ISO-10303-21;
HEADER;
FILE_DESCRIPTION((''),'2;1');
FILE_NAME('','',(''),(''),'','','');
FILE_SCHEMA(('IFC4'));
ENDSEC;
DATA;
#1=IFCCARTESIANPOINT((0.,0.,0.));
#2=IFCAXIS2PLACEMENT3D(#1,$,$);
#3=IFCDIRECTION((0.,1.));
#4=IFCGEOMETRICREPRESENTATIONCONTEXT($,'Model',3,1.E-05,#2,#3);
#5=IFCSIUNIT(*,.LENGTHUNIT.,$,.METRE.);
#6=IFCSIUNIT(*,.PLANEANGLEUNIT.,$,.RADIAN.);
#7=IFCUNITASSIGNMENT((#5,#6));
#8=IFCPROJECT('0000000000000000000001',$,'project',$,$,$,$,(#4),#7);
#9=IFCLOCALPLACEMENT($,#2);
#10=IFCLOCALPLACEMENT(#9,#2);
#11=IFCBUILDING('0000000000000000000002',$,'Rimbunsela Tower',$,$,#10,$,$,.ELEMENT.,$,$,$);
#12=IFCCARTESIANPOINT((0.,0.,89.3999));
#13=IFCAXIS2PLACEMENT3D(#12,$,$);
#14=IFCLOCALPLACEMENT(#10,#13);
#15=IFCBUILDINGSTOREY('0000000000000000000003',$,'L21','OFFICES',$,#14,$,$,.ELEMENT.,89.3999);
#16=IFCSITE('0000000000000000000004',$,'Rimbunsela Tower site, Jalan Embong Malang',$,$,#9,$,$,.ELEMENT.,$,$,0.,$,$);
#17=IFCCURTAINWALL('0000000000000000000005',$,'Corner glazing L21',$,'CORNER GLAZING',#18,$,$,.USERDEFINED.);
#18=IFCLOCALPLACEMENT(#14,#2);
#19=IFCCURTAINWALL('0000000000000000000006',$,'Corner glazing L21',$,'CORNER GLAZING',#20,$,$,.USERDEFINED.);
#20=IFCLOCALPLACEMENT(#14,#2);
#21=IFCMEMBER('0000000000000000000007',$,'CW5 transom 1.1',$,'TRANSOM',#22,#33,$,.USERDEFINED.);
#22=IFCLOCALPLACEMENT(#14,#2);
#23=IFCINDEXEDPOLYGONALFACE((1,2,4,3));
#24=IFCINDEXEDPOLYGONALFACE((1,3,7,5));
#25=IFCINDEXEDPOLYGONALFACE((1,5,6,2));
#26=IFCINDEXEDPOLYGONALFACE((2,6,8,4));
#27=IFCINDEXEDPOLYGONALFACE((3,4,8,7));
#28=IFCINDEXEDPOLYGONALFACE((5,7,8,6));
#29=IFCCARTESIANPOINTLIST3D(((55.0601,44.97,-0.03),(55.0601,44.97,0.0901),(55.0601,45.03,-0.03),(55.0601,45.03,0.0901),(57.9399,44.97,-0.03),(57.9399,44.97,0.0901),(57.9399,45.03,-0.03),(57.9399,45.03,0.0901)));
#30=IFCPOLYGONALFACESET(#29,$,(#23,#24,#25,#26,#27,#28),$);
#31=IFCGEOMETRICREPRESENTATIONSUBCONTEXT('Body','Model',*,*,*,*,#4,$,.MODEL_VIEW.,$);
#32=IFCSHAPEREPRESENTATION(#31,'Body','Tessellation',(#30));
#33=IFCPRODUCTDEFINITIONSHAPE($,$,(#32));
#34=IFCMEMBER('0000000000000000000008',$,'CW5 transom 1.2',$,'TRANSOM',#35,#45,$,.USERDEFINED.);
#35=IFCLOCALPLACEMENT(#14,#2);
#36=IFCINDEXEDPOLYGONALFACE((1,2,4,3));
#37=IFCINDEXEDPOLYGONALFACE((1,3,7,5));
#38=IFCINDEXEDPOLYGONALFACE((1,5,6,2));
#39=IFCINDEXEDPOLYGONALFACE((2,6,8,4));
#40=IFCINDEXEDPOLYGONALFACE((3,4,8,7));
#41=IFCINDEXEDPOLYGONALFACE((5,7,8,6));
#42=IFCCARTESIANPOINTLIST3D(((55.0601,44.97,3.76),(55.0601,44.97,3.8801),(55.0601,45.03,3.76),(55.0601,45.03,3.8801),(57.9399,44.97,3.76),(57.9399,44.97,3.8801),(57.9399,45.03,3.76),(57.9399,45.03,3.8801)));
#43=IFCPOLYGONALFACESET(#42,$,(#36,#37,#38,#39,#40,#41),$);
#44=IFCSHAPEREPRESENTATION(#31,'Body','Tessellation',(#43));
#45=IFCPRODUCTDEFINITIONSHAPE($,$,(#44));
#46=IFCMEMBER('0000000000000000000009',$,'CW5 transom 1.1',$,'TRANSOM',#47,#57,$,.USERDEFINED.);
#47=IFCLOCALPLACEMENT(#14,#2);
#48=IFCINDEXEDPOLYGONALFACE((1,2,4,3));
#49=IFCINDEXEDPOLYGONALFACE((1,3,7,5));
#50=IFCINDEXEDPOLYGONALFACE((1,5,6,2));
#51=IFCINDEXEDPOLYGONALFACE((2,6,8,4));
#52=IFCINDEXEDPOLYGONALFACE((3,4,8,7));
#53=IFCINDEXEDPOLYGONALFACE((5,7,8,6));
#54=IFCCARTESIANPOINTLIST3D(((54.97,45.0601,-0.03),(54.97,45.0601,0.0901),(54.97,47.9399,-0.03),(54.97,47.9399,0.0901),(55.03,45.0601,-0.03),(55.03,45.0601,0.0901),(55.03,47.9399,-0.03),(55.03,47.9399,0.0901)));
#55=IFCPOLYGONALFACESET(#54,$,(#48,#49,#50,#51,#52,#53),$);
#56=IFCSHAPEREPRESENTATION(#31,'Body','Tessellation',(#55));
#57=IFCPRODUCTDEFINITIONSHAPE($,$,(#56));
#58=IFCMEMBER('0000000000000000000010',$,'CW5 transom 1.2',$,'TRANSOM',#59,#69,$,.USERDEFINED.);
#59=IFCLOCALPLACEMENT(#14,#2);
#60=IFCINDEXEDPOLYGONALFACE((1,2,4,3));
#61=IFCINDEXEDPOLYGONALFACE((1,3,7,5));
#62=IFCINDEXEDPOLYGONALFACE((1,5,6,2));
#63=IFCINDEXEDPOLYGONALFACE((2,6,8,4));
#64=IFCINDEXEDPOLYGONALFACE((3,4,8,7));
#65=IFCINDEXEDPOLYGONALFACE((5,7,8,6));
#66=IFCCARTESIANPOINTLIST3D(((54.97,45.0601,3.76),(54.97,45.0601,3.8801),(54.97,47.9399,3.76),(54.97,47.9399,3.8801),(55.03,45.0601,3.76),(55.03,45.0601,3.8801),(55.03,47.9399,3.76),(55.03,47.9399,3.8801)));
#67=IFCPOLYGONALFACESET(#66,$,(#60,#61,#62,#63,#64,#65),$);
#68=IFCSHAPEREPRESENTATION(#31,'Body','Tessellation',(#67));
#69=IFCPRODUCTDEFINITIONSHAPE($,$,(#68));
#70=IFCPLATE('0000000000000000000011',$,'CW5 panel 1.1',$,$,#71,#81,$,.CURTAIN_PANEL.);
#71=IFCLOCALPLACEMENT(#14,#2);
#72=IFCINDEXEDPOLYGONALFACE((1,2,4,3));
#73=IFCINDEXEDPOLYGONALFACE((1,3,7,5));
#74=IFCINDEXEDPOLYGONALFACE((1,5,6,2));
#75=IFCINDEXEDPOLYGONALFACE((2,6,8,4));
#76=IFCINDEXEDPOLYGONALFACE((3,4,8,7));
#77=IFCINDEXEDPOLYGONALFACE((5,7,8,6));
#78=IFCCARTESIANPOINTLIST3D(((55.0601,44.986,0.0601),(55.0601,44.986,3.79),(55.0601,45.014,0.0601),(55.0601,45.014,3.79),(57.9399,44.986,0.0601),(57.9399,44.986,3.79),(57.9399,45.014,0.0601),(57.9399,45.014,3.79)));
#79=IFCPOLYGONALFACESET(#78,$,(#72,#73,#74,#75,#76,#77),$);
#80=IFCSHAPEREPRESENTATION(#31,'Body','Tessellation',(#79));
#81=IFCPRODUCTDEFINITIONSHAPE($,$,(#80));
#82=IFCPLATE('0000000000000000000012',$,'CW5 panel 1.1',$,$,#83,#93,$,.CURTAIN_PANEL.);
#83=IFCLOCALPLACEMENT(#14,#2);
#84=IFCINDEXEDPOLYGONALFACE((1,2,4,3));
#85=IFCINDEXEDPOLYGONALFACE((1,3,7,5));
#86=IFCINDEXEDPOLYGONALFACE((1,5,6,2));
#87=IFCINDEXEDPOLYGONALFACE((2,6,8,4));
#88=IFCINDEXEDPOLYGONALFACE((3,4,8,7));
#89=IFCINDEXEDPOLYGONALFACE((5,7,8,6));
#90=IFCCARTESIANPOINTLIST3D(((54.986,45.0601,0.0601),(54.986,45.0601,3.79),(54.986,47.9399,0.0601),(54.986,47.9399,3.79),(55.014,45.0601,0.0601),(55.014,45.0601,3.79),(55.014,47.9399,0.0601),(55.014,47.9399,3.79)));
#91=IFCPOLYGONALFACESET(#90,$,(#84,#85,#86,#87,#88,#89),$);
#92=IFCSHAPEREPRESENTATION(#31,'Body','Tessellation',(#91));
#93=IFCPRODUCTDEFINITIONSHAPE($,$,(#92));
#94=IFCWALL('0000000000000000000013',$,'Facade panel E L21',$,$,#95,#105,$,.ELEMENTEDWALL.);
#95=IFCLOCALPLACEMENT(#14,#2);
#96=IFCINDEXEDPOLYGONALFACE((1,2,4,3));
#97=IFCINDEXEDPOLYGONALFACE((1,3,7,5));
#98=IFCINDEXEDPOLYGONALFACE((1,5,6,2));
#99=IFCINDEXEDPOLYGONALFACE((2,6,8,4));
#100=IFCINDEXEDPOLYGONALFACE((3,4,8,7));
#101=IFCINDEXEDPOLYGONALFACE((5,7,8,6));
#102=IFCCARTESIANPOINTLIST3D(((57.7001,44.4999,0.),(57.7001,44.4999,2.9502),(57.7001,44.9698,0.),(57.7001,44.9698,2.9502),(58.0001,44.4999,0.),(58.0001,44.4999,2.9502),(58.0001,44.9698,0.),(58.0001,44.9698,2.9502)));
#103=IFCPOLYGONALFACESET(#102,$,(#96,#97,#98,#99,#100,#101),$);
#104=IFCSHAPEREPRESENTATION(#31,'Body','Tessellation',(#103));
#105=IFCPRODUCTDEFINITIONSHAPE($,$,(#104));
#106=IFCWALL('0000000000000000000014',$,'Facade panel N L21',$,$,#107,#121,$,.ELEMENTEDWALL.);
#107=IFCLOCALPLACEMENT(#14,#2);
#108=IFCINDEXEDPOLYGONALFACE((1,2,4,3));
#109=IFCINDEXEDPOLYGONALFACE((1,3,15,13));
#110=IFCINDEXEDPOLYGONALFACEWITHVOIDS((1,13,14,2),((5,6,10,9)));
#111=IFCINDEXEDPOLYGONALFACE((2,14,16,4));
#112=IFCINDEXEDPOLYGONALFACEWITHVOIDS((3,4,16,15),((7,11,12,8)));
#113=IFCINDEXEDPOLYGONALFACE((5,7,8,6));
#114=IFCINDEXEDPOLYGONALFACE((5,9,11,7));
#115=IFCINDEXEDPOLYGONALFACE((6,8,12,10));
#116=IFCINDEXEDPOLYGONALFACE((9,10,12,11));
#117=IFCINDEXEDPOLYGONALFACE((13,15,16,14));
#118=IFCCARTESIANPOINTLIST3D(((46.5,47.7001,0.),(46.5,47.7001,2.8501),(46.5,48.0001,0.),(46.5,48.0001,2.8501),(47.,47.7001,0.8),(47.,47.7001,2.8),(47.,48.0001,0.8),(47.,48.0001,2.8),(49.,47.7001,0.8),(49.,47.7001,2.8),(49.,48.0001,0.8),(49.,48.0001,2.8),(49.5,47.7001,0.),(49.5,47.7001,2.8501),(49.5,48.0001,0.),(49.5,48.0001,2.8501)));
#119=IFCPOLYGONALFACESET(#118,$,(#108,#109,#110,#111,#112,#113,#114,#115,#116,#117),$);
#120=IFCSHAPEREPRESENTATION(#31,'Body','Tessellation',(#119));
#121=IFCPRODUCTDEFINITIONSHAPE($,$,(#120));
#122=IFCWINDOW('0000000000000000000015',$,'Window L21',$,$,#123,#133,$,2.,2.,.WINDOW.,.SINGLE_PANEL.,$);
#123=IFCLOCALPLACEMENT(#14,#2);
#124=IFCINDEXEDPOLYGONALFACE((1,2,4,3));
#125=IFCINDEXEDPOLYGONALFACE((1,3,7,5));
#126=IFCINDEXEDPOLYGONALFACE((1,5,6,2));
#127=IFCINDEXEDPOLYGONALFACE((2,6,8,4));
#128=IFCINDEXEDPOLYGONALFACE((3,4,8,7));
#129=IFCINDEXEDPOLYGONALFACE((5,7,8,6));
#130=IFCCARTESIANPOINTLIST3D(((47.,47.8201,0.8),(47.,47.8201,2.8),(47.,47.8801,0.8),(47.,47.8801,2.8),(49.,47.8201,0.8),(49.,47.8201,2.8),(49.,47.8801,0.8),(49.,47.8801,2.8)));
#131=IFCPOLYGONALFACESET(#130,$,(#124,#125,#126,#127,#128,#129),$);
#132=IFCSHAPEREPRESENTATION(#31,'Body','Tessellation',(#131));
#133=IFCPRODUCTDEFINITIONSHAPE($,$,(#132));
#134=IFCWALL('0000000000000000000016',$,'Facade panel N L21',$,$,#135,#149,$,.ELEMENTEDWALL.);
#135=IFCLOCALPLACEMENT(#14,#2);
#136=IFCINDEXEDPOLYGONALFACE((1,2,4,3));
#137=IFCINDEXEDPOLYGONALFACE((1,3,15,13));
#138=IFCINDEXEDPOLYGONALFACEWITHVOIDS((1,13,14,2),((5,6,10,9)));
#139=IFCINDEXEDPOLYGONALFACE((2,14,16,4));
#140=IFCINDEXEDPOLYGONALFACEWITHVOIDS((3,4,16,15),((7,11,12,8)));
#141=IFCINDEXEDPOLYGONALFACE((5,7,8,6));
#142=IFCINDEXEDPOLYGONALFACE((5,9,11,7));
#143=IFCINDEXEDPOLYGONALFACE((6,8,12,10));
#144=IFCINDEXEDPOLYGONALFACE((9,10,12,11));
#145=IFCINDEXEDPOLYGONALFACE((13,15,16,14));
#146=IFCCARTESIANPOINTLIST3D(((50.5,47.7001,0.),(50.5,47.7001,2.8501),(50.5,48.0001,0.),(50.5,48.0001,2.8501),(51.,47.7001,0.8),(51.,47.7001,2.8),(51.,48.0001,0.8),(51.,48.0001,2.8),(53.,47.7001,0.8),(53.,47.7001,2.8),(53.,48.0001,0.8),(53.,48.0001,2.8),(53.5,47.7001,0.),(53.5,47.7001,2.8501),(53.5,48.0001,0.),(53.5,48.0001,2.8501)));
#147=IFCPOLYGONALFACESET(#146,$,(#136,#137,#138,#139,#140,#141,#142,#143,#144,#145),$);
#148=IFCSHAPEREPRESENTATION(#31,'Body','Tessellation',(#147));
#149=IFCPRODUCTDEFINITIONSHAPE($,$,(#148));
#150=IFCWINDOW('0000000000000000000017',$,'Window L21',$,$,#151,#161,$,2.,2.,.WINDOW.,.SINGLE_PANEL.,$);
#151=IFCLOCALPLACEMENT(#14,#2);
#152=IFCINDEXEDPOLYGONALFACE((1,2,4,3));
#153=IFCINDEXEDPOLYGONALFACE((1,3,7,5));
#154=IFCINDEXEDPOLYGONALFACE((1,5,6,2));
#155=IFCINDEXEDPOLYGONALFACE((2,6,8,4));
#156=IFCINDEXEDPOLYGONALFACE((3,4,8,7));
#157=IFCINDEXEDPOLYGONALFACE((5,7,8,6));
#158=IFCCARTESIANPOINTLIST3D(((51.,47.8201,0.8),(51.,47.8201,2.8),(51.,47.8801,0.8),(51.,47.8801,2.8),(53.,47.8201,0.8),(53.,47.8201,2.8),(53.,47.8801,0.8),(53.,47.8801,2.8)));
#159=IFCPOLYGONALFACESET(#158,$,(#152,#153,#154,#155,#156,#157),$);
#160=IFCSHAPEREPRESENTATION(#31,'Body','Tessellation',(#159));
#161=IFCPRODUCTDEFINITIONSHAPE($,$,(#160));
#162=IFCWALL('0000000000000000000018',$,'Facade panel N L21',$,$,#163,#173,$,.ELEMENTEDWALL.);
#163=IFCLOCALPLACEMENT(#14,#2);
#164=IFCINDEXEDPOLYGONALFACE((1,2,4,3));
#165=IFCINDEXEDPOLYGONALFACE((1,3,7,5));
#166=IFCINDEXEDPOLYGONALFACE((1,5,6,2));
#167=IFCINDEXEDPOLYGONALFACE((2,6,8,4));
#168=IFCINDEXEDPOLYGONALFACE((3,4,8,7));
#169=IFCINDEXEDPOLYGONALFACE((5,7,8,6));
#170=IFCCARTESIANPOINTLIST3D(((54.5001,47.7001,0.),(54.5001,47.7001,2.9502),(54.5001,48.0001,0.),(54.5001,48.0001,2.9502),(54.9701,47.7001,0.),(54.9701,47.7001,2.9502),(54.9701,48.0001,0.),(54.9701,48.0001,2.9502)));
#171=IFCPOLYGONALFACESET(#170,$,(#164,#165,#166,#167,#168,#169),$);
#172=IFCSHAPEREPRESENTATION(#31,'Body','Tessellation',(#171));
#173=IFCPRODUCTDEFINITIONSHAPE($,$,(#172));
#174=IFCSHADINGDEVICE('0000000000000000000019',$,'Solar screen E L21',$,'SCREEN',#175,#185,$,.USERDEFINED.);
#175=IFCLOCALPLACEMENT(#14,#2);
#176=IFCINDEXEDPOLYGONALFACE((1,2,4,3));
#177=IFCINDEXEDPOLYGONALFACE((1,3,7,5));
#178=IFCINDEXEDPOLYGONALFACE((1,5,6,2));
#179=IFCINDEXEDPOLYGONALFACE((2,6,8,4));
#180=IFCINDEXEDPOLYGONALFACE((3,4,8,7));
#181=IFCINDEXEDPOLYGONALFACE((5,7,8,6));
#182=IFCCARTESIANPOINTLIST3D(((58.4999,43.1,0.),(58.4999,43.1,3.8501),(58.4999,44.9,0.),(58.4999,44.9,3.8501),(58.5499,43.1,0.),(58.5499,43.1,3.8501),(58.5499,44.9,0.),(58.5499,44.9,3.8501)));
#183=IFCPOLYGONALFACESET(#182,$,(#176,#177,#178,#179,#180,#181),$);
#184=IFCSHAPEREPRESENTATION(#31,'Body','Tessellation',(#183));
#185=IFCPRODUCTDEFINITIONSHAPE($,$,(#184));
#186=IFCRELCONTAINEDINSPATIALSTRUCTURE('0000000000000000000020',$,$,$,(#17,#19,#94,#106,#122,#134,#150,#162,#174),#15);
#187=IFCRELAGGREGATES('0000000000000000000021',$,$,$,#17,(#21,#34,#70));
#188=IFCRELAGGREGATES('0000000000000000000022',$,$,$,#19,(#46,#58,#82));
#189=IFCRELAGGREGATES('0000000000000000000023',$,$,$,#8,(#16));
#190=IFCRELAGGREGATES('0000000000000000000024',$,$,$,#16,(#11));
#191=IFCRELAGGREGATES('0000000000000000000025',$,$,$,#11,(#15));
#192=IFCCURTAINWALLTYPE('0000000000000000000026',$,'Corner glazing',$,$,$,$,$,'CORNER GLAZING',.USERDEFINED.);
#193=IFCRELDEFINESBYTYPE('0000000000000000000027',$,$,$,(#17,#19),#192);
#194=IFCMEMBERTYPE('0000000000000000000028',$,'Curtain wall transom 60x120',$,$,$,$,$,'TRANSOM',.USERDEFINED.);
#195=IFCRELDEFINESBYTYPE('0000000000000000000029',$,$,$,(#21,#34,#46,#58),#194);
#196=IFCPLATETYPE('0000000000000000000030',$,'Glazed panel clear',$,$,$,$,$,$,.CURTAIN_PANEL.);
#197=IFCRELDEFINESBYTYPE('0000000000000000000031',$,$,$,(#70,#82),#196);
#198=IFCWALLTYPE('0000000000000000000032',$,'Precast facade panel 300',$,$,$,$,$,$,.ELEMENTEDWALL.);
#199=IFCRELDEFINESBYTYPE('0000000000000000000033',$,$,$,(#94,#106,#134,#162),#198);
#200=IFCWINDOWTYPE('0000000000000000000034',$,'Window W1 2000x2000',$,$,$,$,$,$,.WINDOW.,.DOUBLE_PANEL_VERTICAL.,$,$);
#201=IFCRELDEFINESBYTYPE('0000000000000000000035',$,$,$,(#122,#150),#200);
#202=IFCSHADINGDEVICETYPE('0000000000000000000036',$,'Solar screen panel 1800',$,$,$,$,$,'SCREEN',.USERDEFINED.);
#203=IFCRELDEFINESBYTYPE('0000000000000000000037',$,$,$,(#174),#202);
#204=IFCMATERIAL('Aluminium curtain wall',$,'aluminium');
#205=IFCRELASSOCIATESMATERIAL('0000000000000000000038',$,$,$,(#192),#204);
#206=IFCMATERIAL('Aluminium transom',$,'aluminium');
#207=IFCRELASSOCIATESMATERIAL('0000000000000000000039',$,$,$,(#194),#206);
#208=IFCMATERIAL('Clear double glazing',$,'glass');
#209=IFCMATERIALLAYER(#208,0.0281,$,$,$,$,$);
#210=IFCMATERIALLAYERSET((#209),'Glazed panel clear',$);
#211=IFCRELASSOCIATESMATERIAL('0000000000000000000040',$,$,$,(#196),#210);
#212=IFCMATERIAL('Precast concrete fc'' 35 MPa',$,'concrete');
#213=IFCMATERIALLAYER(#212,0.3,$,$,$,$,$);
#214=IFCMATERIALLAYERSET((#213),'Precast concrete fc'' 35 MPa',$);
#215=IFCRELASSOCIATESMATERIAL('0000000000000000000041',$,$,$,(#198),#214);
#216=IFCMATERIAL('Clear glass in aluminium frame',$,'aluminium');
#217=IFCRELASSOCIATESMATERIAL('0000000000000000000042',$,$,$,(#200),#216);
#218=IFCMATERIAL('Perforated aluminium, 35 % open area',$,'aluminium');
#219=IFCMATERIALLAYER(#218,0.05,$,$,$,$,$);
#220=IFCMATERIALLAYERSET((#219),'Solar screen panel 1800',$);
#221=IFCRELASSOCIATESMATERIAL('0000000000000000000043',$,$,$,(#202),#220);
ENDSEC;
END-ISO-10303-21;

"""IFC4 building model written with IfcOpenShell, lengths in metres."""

from ifc_helpers import new_model, si_unit, direction, frame, frame_2d, origin, origin_2d, place, context, subcontext, project, spatial, rectangle, extrude, material, layer, layer_set, material_profile, profile_set, type_object, element, fill, aggregate, save


model = new_model("IFC4")

# Units and contexts
model_context = context("Model", 3, precision=1e-05, world=origin(), true_north=direction((0.0, 1.0)))
body_context = subcontext(model_context, "Body", "Model", "MODEL_VIEW")
ifc_project = project(units=[si_unit("LENGTHUNIT", "METRE"), si_unit("PLANEANGLEUNIT", "RADIAN")], contexts=[model_context])

# Site, building, storey
site_placement = place(None, origin())
site = spatial("IfcSite", under=ifc_project, at=site_placement, Name="Rimbunsela Tower site, Jalan Embong Malang", CompositionType="ELEMENT", RefElevation=0.0)
building_placement = place(site_placement, origin())
building = spatial("IfcBuilding", under=site, at=building_placement, Name="Rimbunsela Tower", CompositionType="ELEMENT")
storey_placement = place(building_placement, frame((0.0, 0.0, 89.3999)))
storey = spatial("IfcBuildingStorey", under=building, at=storey_placement, Name="L21", Description="OFFICES", CompositionType="ELEMENT", Elevation=89.3999)

# Curtain walls
ifc_material_1 = material(Name="Aluminium curtain wall", Category="aluminium")
curtain_wall_type = type_object("IfcCurtainWallType", Name="Corner glazing", ElementType="CORNER GLAZING", PredefinedType="USERDEFINED", material=ifc_material_1)
curtain_wall_1_placement = place(storey_placement, origin())
curtain_wall_1 = element("IfcCurtainWall", 1, at=curtain_wall_1_placement, inside=storey, type_object=curtain_wall_type, Name="Corner glazing L21", ObjectType="CORNER GLAZING", PredefinedType="USERDEFINED")
curtain_wall_2_placement = place(storey_placement, origin())
curtain_wall_2 = element("IfcCurtainWall", 2, at=curtain_wall_2_placement, inside=storey, type_object=curtain_wall_type, Name="Corner glazing L21", ObjectType="CORNER GLAZING", PredefinedType="USERDEFINED")

# Members
ifc_material_2 = material(Name="Aluminium transom", Category="aluminium")
ifc_material_profile_1 = material_profile(ifc_material_2, rectangle(XDim=0.0601, YDim=0.1201, at=origin_2d()), Name="Transom 60x120")
ifc_profile_set_1 = profile_set([ifc_material_profile_1], Name="Aluminium transom")
member_type_1 = type_object("IfcMemberType", Name="Curtain wall transom 60x120", ElementType="TRANSOM", PredefinedType="USERDEFINED", material=ifc_profile_set_1)
member_1_placement = place(storey_placement, frame((57.9399, 45.0, 0.03), z_axis=(-1.0, 0.0, 0.0), x_axis=(0.0, -1.0, 0.0)))
member_1 = element("IfcMember", 3, at=member_1_placement, type_object=member_type_1, Name="CW5 transom 1.1", ObjectType="TRANSOM", PredefinedType="USERDEFINED", context=body_context, shape_type="SweptSolid", body=[
    extrude(rectangle(XDim=0.0601, YDim=0.1201, at=origin_2d()), origin(), (0.0, 0.0, 1.0), 2.8799),
])
member_2_placement = place(storey_placement, frame((57.9399, 45.0, 3.8201), z_axis=(-1.0, 0.0, 0.0), x_axis=(0.0, -1.0, 0.0)))
member_2 = element("IfcMember", 4, at=member_2_placement, type_object=member_type_1, Name="CW5 transom 1.2", ObjectType="TRANSOM", PredefinedType="USERDEFINED", context=body_context, shape_type="SweptSolid", body=[
    extrude(rectangle(XDim=0.0601, YDim=0.1201, at=origin_2d()), origin(), (0.0, 0.0, 1.0), 2.8799),
])
member_3_placement = place(storey_placement, frame((55.0, 45.0601, 0.03), z_axis=(0.0, 1.0, 0.0), x_axis=(-1.0, 0.0, 0.0)))
member_3 = element("IfcMember", 5, at=member_3_placement, type_object=member_type_1, Name="CW5 transom 1.1", ObjectType="TRANSOM", PredefinedType="USERDEFINED", context=body_context, shape_type="SweptSolid", body=[
    extrude(rectangle(XDim=0.0601, YDim=0.1201, at=origin_2d()), origin(), (0.0, 0.0, 1.0), 2.8799),
])
member_4_placement = place(storey_placement, frame((55.0, 45.0601, 3.8201), z_axis=(0.0, 1.0, 0.0), x_axis=(-1.0, 0.0, 0.0)))
member_4 = element("IfcMember", 6, at=member_4_placement, type_object=member_type_1, Name="CW5 transom 1.2", ObjectType="TRANSOM", PredefinedType="USERDEFINED", context=body_context, shape_type="SweptSolid", body=[
    extrude(rectangle(XDim=0.0601, YDim=0.1201, at=origin_2d()), origin(), (0.0, 0.0, 1.0), 2.8799),
])

# Plates
ifc_material_3 = material(Name="Clear double glazing", Category="glass")
ifc_layer_1 = layer(ifc_material_3, 0.0281)
ifc_layer_set_1 = layer_set([ifc_layer_1], Name="Glazed panel clear")
plate_type = type_object("IfcPlateType", Name="Glazed panel clear", PredefinedType="CURTAIN_PANEL", material=ifc_layer_set_1)
plate_1_placement = place(storey_placement, frame((56.5, 45.0, 0.0601), z_axis=(0.0, 0.0, 1.0), x_axis=(-1.0, 0.0, 0.0)))
plate_1 = element("IfcPlate", 7, at=plate_1_placement, type_object=plate_type, Name="CW5 panel 1.1", PredefinedType="CURTAIN_PANEL", context=body_context, shape_type="SweptSolid", body=[
    extrude(rectangle(XDim=2.8799, YDim=0.0281, at=origin_2d()), origin(), (0.0, 0.0, 1.0), 3.73),
])
aggregate(curtain_wall_1, [member_1, member_2, plate_1])
plate_2_placement = place(storey_placement, frame((55.0, 46.5, 0.0601), z_axis=(0.0, 0.0, 1.0), x_axis=(0.0, 1.0, 0.0)))
plate_2 = element("IfcPlate", 8, at=plate_2_placement, type_object=plate_type, Name="CW5 panel 1.1", PredefinedType="CURTAIN_PANEL", context=body_context, shape_type="SweptSolid", body=[
    extrude(rectangle(XDim=2.8799, YDim=0.0281, at=origin_2d()), origin(), (0.0, 0.0, 1.0), 3.73),
])
aggregate(curtain_wall_2, [member_3, member_4, plate_2])

# Wall
ifc_material_4 = material(Name="Precast concrete fc' 35 MPa", Category="concrete")
ifc_layer_2 = layer(ifc_material_4, 0.3)
ifc_layer_set_2 = layer_set([ifc_layer_2], Name="Precast concrete fc' 35 MPa")
wall_type = type_object("IfcWallType", Name="Precast facade panel 300", PredefinedType="ELEMENTEDWALL", material=ifc_layer_set_2)
wall_1_placement = place(storey_placement, frame((57.8501, 44.5, 0.0), z_axis=(0.0, 0.0, 1.0), x_axis=(0.0, 1.0, 0.0)))
element("IfcWall", 9, at=wall_1_placement, inside=storey, type_object=wall_type, Name="Facade panel E L21", PredefinedType="ELEMENTEDWALL", context=body_context, shape_type="SweptSolid", body=[
    extrude(rectangle(XDim=0.47, YDim=0.3, at=frame_2d((0.2349, 0.0))), origin(), (0.0, 0.0, 1.0), 2.9502),
])

# Walls, openings, windows
wall_2_placement = place(storey_placement, frame((49.5, 47.8501, 0.0), z_axis=(0.0, 0.0, 1.0), x_axis=(-1.0, 0.0, 0.0)))
wall_2 = element("IfcWall", 10, at=wall_2_placement, inside=storey, type_object=wall_type, Name="Facade panel N L21", PredefinedType="ELEMENTEDWALL", context=body_context, shape_type="SweptSolid", body=[
    extrude(rectangle(XDim=3.0, YDim=0.3, at=frame_2d((1.5, 0.0))), origin(), (0.0, 0.0, 1.0), 2.8501),
])
opening_1_placement = place(wall_2_placement, frame((0.5, 0.0, 0.8)))
opening_1 = element("IfcOpeningElement", 11, at=opening_1_placement, cuts=wall_2, PredefinedType="OPENING", context=body_context, shape_type="SweptSolid", body=[
    extrude(rectangle(XDim=2.0, YDim=2.0, at=frame_2d((1.0, 1.0))), frame((0.0, 0.1599, 0.0), z_axis=(0.0, -1.0, 0.0), x_axis=(1.0, 0.0, 0.0)), (0.0, 0.0, 1.0), 0.3201),
])
ifc_material_5 = material(Name="Clear glass in aluminium frame", Category="aluminium")
window_type = type_object("IfcWindowType", Name="Window W1 2000x2000", PartitioningType="DOUBLE_PANEL_VERTICAL", PredefinedType="WINDOW", material=ifc_material_5)
window_1_placement = place(opening_1_placement, origin())
window_1 = element("IfcWindow", 12, at=window_1_placement, inside=storey, type_object=window_type, Name="Window L21", OverallHeight=2.0, OverallWidth=2.0, PartitioningType="SINGLE_PANEL", PredefinedType="WINDOW", context=body_context, shape_type="SweptSolid", body=[
    extrude(rectangle(XDim=2.0, YDim=2.0, at=frame_2d((1.0, 1.0))), frame((0.0, 0.03, 0.0), z_axis=(0.0, -1.0, 0.0), x_axis=(1.0, 0.0, 0.0)), (0.0, 0.0, 1.0), 0.0601),
])
fill(opening_1, window_1)
wall_3_placement = place(storey_placement, frame((53.5, 47.8501, 0.0), z_axis=(0.0, 0.0, 1.0), x_axis=(-1.0, 0.0, 0.0)))
wall_3 = element("IfcWall", 13, at=wall_3_placement, inside=storey, type_object=wall_type, Name="Facade panel N L21", PredefinedType="ELEMENTEDWALL", context=body_context, shape_type="SweptSolid", body=[
    extrude(rectangle(XDim=3.0, YDim=0.3, at=frame_2d((1.5, 0.0))), origin(), (0.0, 0.0, 1.0), 2.8501),
])
opening_2_placement = place(wall_3_placement, frame((0.5, 0.0, 0.8)))
opening_2 = element("IfcOpeningElement", 14, at=opening_2_placement, cuts=wall_3, PredefinedType="OPENING", context=body_context, shape_type="SweptSolid", body=[
    extrude(rectangle(XDim=2.0, YDim=2.0, at=frame_2d((1.0, 1.0))), frame((0.0, 0.1599, 0.0), z_axis=(0.0, -1.0, 0.0), x_axis=(1.0, 0.0, 0.0)), (0.0, 0.0, 1.0), 0.3201),
])
window_2_placement = place(opening_2_placement, origin())
window_2 = element("IfcWindow", 15, at=window_2_placement, inside=storey, type_object=window_type, Name="Window L21", OverallHeight=2.0, OverallWidth=2.0, PartitioningType="SINGLE_PANEL", PredefinedType="WINDOW", context=body_context, shape_type="SweptSolid", body=[
    extrude(rectangle(XDim=2.0, YDim=2.0, at=frame_2d((1.0, 1.0))), frame((0.0, 0.03, 0.0), z_axis=(0.0, -1.0, 0.0), x_axis=(1.0, 0.0, 0.0)), (0.0, 0.0, 1.0), 0.0601),
])
fill(opening_2, window_2)

# Wall
wall_4_placement = place(storey_placement, frame((54.97, 47.8501, 0.0), z_axis=(0.0, 0.0, 1.0), x_axis=(-1.0, 0.0, 0.0)))
element("IfcWall", 16, at=wall_4_placement, inside=storey, type_object=wall_type, Name="Facade panel N L21", PredefinedType="ELEMENTEDWALL", context=body_context, shape_type="SweptSolid", body=[
    extrude(rectangle(XDim=0.47, YDim=0.3, at=frame_2d((0.2349, 0.0))), origin(), (0.0, 0.0, 1.0), 2.9502),
])

# Shading device
ifc_material_6 = material(Name="Perforated aluminium, 35 % open area", Category="aluminium")
ifc_layer_3 = layer(ifc_material_6, 0.05)
ifc_layer_set_3 = layer_set([ifc_layer_3], Name="Solar screen panel 1800")
shading_device_type = type_object("IfcShadingDeviceType", Name="Solar screen panel 1800", ElementType="SCREEN", PredefinedType="USERDEFINED", material=ifc_layer_set_3)
for number, where, z_axis, x_axis, name in (
    (17, (58.5249, 44.0, 0.0), (0.0, 0.0, 1.0), (0.0, 1.0, 0.0), "Solar screen E L21"),
):
    element("IfcShadingDevice", number, at=place(storey_placement, frame(where, z_axis=z_axis, x_axis=x_axis)), inside=storey, type_object=shading_device_type, Name=name, ObjectType="SCREEN", PredefinedType="USERDEFINED", context=body_context, shape_type="SweptSolid", body=[
        extrude(rectangle(XDim=1.8, YDim=0.05, at=origin_2d()), origin(), (0.0, 0.0, 1.0), 3.8501),
    ])

save(model, "model.ifc")
